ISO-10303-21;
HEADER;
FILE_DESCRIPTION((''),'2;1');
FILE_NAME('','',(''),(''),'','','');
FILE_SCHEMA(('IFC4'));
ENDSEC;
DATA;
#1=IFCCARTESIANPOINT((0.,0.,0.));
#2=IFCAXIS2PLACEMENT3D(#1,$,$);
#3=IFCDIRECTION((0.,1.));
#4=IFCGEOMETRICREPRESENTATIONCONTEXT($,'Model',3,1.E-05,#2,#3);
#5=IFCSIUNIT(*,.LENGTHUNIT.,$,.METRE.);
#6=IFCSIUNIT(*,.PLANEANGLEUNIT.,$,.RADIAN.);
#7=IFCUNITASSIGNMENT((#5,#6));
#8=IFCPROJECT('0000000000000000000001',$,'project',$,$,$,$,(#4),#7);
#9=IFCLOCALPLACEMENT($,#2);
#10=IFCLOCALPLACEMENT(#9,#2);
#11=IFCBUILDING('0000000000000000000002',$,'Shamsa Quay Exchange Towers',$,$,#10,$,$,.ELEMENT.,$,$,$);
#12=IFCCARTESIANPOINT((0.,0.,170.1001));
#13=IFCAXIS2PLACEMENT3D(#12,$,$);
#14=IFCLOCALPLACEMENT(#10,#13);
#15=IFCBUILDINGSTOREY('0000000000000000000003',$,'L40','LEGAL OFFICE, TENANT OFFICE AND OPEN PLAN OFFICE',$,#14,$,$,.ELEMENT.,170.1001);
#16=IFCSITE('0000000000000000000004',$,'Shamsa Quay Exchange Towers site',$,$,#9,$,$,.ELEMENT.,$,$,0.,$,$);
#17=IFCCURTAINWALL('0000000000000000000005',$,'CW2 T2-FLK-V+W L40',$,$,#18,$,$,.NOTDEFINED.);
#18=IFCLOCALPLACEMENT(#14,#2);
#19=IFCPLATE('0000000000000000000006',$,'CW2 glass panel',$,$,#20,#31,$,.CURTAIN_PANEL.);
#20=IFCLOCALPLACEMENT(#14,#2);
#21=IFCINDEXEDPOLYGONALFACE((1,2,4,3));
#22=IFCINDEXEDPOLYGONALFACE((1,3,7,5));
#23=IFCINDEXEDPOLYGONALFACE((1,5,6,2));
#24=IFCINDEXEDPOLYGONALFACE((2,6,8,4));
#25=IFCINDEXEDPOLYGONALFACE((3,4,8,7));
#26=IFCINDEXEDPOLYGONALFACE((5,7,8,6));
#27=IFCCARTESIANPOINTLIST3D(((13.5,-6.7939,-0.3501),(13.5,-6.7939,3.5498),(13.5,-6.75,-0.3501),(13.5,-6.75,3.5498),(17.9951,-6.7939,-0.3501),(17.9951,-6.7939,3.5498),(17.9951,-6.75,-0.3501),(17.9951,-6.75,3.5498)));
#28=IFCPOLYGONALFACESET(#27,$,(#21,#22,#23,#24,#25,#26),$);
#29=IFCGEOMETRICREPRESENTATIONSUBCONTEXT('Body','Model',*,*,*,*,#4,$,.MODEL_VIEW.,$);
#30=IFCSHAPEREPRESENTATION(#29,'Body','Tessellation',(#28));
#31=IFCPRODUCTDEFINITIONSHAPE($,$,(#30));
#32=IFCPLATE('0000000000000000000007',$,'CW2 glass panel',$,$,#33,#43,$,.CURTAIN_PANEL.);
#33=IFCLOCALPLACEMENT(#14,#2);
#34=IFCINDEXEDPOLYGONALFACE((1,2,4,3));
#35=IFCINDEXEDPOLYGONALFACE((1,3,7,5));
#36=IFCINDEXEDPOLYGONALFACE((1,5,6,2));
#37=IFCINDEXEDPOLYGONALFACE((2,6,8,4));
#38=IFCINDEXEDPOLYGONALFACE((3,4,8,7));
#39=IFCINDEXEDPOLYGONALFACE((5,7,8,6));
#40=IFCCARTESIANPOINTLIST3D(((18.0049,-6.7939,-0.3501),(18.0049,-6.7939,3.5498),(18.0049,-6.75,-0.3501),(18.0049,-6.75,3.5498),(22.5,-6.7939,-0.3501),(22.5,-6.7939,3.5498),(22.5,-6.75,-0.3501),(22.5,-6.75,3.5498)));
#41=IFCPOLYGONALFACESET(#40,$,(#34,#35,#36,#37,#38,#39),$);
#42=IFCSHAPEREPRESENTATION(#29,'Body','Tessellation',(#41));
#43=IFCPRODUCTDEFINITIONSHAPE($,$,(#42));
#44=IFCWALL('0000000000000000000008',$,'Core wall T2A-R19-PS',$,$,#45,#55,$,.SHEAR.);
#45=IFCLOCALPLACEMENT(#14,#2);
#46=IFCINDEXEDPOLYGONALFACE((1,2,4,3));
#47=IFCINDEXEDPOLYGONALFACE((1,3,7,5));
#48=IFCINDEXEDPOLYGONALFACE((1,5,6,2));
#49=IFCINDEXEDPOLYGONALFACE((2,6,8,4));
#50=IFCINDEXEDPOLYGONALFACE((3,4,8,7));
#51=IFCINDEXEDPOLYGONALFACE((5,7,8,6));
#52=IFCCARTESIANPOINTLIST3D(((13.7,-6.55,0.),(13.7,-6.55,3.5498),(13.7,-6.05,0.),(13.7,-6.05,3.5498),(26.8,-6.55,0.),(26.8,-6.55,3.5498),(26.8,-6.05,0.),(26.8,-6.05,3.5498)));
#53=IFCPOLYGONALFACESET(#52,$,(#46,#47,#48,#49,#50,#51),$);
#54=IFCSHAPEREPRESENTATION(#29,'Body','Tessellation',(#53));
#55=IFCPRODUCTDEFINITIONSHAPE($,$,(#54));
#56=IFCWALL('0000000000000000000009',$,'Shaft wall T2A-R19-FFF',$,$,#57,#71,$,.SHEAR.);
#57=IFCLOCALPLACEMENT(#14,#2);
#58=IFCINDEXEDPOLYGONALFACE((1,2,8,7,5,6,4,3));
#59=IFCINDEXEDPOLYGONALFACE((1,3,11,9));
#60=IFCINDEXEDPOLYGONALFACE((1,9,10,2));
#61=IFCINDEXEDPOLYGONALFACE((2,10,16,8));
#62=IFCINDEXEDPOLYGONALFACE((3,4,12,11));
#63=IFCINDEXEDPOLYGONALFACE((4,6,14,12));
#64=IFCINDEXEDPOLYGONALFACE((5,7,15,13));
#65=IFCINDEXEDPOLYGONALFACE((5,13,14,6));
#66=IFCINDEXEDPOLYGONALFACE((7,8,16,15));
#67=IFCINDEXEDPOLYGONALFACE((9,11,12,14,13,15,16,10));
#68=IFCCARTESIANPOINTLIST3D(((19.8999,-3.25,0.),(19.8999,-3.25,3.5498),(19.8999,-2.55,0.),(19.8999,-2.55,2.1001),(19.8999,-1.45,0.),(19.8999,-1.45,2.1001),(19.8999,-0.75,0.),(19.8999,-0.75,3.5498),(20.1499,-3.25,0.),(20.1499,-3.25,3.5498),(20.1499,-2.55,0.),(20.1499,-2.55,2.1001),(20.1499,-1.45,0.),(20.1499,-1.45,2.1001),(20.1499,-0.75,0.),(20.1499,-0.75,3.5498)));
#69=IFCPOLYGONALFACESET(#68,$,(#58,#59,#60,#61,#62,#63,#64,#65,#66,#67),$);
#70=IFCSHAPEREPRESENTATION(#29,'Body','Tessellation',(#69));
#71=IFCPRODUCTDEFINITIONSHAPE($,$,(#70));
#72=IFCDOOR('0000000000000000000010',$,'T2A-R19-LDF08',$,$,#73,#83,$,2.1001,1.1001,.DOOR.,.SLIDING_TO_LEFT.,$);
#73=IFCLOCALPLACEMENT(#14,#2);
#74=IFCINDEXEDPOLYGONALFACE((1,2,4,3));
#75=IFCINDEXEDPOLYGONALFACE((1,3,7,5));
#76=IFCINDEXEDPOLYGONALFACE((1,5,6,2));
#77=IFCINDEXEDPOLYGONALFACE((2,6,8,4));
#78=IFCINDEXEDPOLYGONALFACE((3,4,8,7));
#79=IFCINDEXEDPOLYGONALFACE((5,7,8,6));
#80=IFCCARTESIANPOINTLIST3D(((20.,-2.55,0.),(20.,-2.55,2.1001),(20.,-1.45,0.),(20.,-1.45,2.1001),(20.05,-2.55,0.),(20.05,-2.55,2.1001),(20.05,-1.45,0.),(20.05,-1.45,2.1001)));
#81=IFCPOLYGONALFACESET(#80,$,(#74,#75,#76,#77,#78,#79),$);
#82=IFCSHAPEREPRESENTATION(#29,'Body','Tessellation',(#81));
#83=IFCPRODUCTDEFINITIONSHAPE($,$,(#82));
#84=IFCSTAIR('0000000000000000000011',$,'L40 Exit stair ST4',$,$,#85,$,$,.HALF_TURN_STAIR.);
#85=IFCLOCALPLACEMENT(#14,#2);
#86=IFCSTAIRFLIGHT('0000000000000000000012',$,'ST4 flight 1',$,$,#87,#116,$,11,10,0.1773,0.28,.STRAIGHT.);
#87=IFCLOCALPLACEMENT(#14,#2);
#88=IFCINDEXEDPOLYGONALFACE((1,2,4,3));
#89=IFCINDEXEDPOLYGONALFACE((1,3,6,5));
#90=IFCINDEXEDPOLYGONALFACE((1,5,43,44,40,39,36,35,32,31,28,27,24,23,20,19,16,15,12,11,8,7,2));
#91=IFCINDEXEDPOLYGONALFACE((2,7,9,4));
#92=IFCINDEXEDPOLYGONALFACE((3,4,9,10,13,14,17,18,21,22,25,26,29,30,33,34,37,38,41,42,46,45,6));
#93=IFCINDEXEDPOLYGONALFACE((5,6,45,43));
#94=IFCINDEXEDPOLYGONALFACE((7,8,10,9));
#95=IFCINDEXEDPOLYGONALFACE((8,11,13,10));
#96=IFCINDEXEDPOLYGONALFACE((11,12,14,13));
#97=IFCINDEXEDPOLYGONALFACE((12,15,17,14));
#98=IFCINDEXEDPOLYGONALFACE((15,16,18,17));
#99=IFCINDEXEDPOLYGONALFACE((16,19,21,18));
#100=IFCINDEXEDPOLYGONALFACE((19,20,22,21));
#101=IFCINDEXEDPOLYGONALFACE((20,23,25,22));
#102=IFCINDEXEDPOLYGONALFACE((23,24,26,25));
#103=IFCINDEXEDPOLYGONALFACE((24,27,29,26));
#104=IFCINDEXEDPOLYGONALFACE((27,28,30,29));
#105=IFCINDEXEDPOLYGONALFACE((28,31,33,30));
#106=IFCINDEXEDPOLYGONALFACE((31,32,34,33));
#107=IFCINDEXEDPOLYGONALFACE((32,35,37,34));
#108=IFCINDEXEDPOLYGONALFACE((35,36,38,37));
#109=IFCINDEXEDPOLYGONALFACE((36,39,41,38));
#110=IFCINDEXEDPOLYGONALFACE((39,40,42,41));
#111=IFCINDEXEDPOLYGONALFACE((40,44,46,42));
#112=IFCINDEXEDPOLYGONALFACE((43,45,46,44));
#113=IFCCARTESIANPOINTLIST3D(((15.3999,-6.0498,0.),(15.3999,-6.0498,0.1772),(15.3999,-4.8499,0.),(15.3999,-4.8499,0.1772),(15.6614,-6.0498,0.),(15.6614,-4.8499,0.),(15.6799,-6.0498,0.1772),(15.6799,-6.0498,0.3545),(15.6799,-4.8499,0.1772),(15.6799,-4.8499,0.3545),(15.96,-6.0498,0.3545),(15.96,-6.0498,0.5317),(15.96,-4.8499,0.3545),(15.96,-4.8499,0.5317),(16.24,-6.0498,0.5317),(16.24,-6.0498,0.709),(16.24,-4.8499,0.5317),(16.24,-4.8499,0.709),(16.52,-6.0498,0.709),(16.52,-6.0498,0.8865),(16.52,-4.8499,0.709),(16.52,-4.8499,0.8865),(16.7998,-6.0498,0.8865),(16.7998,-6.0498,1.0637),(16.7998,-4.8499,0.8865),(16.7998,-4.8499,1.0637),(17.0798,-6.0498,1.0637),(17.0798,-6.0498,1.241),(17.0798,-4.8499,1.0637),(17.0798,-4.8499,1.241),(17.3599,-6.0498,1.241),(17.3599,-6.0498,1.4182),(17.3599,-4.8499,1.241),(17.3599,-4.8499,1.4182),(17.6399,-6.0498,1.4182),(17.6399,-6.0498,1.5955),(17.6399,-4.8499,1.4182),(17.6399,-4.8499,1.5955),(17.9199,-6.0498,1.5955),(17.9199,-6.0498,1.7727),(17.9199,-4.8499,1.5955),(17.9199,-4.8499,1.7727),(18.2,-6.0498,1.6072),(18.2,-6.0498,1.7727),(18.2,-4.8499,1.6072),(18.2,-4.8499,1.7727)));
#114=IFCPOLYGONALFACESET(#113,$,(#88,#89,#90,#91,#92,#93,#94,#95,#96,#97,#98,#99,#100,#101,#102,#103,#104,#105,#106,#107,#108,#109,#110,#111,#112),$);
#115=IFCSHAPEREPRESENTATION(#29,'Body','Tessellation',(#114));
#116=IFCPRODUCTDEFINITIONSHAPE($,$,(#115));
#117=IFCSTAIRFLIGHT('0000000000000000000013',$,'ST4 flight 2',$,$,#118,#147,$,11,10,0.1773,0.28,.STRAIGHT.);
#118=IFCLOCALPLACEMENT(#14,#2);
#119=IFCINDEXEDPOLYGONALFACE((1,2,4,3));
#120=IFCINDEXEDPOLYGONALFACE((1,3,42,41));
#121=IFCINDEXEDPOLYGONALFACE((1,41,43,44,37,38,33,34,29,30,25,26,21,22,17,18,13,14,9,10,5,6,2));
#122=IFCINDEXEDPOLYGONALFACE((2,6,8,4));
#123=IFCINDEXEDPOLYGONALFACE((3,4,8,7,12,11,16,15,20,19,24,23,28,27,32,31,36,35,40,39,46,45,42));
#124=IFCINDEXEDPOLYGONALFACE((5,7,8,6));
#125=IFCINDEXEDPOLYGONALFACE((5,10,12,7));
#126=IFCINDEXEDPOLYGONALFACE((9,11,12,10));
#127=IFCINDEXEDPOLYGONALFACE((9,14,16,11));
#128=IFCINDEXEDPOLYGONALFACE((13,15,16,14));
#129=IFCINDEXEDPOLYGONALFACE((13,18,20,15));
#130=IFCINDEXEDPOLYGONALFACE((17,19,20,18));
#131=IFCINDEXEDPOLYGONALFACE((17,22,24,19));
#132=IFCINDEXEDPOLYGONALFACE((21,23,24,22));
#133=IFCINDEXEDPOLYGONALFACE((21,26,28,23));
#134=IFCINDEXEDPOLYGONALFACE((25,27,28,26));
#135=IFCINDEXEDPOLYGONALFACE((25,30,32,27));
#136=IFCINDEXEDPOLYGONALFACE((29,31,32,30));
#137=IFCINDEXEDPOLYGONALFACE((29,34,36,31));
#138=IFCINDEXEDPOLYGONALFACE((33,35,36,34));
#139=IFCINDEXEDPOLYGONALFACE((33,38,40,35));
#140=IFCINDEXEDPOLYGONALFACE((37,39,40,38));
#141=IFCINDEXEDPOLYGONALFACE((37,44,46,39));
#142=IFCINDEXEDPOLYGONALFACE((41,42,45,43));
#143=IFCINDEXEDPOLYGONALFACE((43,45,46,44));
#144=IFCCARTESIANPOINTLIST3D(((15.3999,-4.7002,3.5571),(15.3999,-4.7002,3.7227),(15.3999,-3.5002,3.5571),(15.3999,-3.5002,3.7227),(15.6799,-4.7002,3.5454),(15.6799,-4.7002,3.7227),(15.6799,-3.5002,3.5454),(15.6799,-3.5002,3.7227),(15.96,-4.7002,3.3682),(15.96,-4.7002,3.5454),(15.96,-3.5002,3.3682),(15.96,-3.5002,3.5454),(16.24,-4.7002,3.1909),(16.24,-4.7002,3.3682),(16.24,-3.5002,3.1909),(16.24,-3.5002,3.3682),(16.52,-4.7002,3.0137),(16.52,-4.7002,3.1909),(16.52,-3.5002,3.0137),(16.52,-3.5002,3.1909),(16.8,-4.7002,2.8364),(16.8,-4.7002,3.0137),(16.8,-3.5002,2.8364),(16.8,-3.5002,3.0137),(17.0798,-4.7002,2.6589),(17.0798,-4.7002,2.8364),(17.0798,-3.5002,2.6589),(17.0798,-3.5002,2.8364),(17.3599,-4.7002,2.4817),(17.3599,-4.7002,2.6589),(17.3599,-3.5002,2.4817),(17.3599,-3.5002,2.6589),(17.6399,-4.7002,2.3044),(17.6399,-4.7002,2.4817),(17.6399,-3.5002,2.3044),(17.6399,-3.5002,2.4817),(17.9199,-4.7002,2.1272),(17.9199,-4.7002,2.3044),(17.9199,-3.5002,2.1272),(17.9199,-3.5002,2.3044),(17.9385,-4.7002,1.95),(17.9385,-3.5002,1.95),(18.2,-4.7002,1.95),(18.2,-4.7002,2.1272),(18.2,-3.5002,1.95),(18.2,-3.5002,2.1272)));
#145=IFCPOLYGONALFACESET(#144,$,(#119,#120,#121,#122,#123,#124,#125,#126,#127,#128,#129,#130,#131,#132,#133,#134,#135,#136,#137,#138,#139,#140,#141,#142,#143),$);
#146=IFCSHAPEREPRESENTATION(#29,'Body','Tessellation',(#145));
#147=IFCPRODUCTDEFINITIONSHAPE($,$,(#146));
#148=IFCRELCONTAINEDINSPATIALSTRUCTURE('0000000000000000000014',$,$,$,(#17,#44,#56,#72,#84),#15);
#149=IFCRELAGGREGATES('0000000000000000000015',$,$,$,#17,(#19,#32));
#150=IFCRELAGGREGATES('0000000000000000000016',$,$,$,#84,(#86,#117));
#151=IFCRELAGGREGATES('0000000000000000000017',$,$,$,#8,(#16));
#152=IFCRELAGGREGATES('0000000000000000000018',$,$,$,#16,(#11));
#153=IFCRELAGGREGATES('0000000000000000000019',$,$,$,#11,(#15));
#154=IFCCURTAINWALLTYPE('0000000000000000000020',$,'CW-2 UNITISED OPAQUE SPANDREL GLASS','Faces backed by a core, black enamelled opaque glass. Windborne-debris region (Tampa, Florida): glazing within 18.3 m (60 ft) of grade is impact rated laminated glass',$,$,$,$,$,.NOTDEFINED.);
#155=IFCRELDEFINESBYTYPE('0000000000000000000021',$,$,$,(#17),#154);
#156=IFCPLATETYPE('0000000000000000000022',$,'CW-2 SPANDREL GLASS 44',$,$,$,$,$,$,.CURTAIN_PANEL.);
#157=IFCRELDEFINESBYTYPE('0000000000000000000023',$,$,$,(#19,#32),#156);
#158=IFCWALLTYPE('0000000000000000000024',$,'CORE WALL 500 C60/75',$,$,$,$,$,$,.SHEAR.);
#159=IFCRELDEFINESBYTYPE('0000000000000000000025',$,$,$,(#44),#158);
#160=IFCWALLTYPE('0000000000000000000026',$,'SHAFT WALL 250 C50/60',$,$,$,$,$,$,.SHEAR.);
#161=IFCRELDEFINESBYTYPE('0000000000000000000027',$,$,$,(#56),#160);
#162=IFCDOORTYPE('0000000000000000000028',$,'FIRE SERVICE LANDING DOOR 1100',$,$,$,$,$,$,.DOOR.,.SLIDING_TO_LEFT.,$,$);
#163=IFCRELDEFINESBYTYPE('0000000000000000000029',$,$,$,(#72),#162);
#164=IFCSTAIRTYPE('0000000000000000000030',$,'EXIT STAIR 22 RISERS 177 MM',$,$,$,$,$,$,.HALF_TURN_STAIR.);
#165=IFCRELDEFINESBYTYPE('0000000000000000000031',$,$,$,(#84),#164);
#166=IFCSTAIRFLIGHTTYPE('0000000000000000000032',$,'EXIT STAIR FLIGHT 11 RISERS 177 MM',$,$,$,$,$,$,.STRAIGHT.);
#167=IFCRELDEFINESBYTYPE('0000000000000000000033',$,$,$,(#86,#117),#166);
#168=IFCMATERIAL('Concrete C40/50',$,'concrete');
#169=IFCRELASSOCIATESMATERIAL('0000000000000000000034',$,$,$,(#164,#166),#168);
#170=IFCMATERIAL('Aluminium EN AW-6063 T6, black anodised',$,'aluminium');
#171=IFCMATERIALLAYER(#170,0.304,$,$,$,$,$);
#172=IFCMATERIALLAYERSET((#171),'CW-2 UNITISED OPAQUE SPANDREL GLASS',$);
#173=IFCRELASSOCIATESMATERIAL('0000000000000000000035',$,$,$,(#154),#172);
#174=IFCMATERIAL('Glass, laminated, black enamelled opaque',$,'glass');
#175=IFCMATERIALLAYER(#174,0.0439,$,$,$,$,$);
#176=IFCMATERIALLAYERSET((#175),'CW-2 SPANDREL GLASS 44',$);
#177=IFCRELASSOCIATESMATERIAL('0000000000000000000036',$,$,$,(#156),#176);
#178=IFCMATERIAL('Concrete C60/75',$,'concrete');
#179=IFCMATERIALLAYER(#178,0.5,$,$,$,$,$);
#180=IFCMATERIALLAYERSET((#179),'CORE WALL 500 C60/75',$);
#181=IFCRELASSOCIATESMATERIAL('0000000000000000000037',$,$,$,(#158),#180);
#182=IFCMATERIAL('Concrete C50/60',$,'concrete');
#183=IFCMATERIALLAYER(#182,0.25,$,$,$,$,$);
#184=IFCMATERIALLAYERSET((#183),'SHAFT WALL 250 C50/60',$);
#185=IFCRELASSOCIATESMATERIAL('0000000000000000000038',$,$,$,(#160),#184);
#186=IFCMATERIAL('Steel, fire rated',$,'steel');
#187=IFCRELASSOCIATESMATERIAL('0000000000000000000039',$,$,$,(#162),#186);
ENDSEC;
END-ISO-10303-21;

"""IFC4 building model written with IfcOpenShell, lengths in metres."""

from ifc_helpers import new_model, si_unit, direction, frame, frame_2d, origin, origin_2d, place, context, subcontext, project, spatial, polyline, rectangle, outline, extrude, material, layer, layer_set, type_object, element, fill, aggregate, save


model = new_model("IFC4")

# Units and contexts
model_context = context("Model", 3, precision=1e-05, world=origin(), true_north=direction((0.0, 1.0)))
body_context = subcontext(model_context, "Body", "Model", "MODEL_VIEW")
ifc_project = project(units=[si_unit("LENGTHUNIT", "METRE"), si_unit("PLANEANGLEUNIT", "RADIAN")], contexts=[model_context])

# Site, building, storey
site_placement = place(None, origin())
site = spatial("IfcSite", under=ifc_project, at=site_placement, Name="Shamsa Quay Exchange Towers site", CompositionType="ELEMENT", RefElevation=0.0)
building_placement = place(site_placement, origin())
building = spatial("IfcBuilding", under=site, at=building_placement, Name="Shamsa Quay Exchange Towers", CompositionType="ELEMENT")
storey_placement = place(building_placement, frame((0.0, 0.0, 170.1001)))
storey = spatial("IfcBuildingStorey", under=building, at=storey_placement, Name="L40", Description="LEGAL OFFICE, TENANT OFFICE AND OPEN PLAN OFFICE", CompositionType="ELEMENT", Elevation=170.1001)

# Shared definitions
ifc_material_1 = material(Name="Aluminium EN AW-6063 T6, black anodised", Category="aluminium")

# Shared definitions
ifc_material_2 = material(Name="Concrete C50/60", Category="concrete")

# Shared definitions
ifc_material_3 = material(Name="Concrete C40/50", Category="concrete")
stair_type = type_object("IfcStairType", Name="EXIT STAIR 22 RISERS 177 MM", PredefinedType="HALF_TURN_STAIR", material=ifc_material_3)

# Curtain wall, plates
ifc_layer_1 = layer(ifc_material_1, 0.304)
ifc_layer_set_1 = layer_set([ifc_layer_1], Name="CW-2 UNITISED OPAQUE SPANDREL GLASS")
curtain_wall_type_1 = type_object("IfcCurtainWallType", Name="CW-2 UNITISED OPAQUE SPANDREL GLASS", Description="Faces backed by a core, black enamelled opaque glass. Windborne-debris region (Tampa, Florida): glazing within 18.3 m (60 ft) of grade is impact rated laminated glass", PredefinedType="NOTDEFINED", material=ifc_layer_set_1)
curtain_wall_1_placement = place(storey_placement, origin())
curtain_wall_1 = element("IfcCurtainWall", 1, at=curtain_wall_1_placement, inside=storey, type_object=curtain_wall_type_1, Name="CW2 T2-FLK-V+W L40", PredefinedType="NOTDEFINED")
ifc_material_4 = material(Name="Glass, laminated, black enamelled opaque", Category="glass")
ifc_layer_2 = layer(ifc_material_4, 0.0439)
ifc_layer_set_2 = layer_set([ifc_layer_2], Name="CW-2 SPANDREL GLASS 44")
plate_type_1 = type_object("IfcPlateType", Name="CW-2 SPANDREL GLASS 44", PredefinedType="CURTAIN_PANEL", material=ifc_layer_set_2)
plate_1_placement = place(storey_placement, frame((15.7476, -6.772, -0.3501)))
plate_1 = element("IfcPlate", 2, at=plate_1_placement, type_object=plate_type_1, Name="CW2 glass panel", PredefinedType="CURTAIN_PANEL", context=body_context, shape_type="SweptSolid", body=[
    extrude(rectangle(XDim=4.4951, YDim=0.0439, at=origin_2d()), origin(), (0.0, 0.0, 1.0), 3.8999),
])
plate_2_placement = place(storey_placement, frame((20.2524, -6.772, -0.3501)))
plate_2 = element("IfcPlate", 3, at=plate_2_placement, type_object=plate_type_1, Name="CW2 glass panel", PredefinedType="CURTAIN_PANEL", context=body_context, shape_type="SweptSolid", body=[
    extrude(rectangle(XDim=4.4951, YDim=0.0439, at=origin_2d()), origin(), (0.0, 0.0, 1.0), 3.8999),
])
aggregate(curtain_wall_1, [plate_1, plate_2])

# Wall
ifc_material_5 = material(Name="Concrete C60/75", Category="concrete")
ifc_layer_3 = layer(ifc_material_5, 0.5)
ifc_layer_set_3 = layer_set([ifc_layer_3], Name="CORE WALL 500 C60/75")
wall_type_1 = type_object("IfcWallType", Name="CORE WALL 500 C60/75", PredefinedType="SHEAR", material=ifc_layer_set_3)
wall_1_placement = place(storey_placement, frame((13.7, -6.3, 0.0)))
element("IfcWall", 4, at=wall_1_placement, inside=storey, type_object=wall_type_1, Name="Core wall T2A-R19-PS", PredefinedType="SHEAR", context=body_context, shape_type="SweptSolid", body=[
    extrude(rectangle(XDim=13.1001, YDim=0.5, at=frame_2d((6.55, 0.0))), origin(), (0.0, 0.0, 1.0), 3.5498),
])

# Wall, opening, door
ifc_layer_4 = layer(ifc_material_2, 0.25)
ifc_layer_set_4 = layer_set([ifc_layer_4], Name="SHAFT WALL 250 C50/60")
wall_type_2 = type_object("IfcWallType", Name="SHAFT WALL 250 C50/60", PredefinedType="SHEAR", material=ifc_layer_set_4)
wall_2_placement = place(storey_placement, frame((20.0249, -3.25, 0.0), z_axis=(0.0, 0.0, 1.0), x_axis=(0.0, 1.0, 0.0)))
wall_2 = element("IfcWall", 5, at=wall_2_placement, inside=storey, type_object=wall_type_2, Name="Shaft wall T2A-R19-FFF", PredefinedType="SHEAR", context=body_context, shape_type="SweptSolid", body=[
    extrude(rectangle(XDim=2.5, YDim=0.25, at=frame_2d((1.25, 0.0))), origin(), (0.0, 0.0, 1.0), 3.5498),
])
opening_placement = place(wall_2_placement, frame((0.7, 0.0, 0.0)))
opening = element("IfcOpeningElement", 6, at=opening_placement, cuts=wall_2, PredefinedType="OPENING", context=body_context, shape_type="SweptSolid", body=[
    extrude(rectangle(XDim=1.1001, YDim=2.1001, at=frame_2d((0.55, 1.05))), frame((0.0, 0.135, 0.0), z_axis=(0.0, -1.0, 0.0), x_axis=(1.0, 0.0, 0.0)), (0.0, 0.0, 1.0), 0.27),
])
ifc_material_6 = material(Name="Steel, fire rated", Category="steel")
door_type = type_object("IfcDoorType", Name="FIRE SERVICE LANDING DOOR 1100", OperationType="SLIDING_TO_LEFT", PredefinedType="DOOR", material=ifc_material_6)
door_placement = place(opening_placement, origin())
door = element("IfcDoor", 7, at=door_placement, inside=storey, type_object=door_type, Name="T2A-R19-LDF08", OperationType="SLIDING_TO_LEFT", OverallHeight=2.1001, OverallWidth=1.1001, PredefinedType="DOOR", context=body_context, shape_type="SweptSolid", body=[
    extrude(rectangle(XDim=1.1001, YDim=2.1001, at=frame_2d((0.55, 1.05))), frame((0.0, 0.0249, 0.0), z_axis=(0.0, -1.0, 0.0), x_axis=(1.0, 0.0, 0.0)), (0.0, 0.0, 1.0), 0.05),
])
fill(opening, door)

# Stair, stair flights
stair_1_placement = place(storey_placement, origin())
stair_1 = element("IfcStair", 8, at=stair_1_placement, inside=storey, type_object=stair_type, Name="L40 Exit stair ST4", PredefinedType="HALF_TURN_STAIR")
stair_flight_type = type_object("IfcStairFlightType", Name="EXIT STAIR FLIGHT 11 RISERS 177 MM", PredefinedType="STRAIGHT", material=ifc_material_3)
stair_flight_1_placement = place(storey_placement, frame((15.3999, -5.45, 0.0)))
stair_flight_1 = element("IfcStairFlight", 9, at=stair_flight_1_placement, type_object=stair_flight_type, Name="ST4 flight 1", NumberOfRisers=11, NumberOfTreads=10, PredefinedType="STRAIGHT", RiserHeight=0.1773, TreadLength=0.28, context=body_context, shape_type="SweptSolid", body=[
    extrude(outline(polyline([(0.0, 0.0), (0.0, 0.1772), (0.28, 0.1772), (0.28, 0.3545), (0.5601, 0.3545), (0.5601, 0.5317), (0.8401, 0.5317), (0.8401, 0.709), (1.1201, 0.709), (1.1201, 0.8865), (1.3999, 0.8865), (1.3999, 1.0637), (1.6799, 1.0637), (1.6799, 1.241), (1.96, 1.241), (1.96, 1.4182), (2.24, 1.4182), (2.24, 1.5955), (2.52, 1.5955), (2.52, 1.7727), (2.8, 1.7727), (2.8, 1.95), (2.8, 1.6072), (0.2615, 0.0), (0.0, 0.0)])), frame((0.0, 0.6001, 0.0), z_axis=(0.0, -1.0, 0.0), x_axis=(1.0, 0.0, 0.0)), (0.0, 0.0, 1.0), 1.2),
])
stair_flight_2_placement = place(storey_placement, frame((18.2, -4.1001, 1.95), z_axis=(0.0, 0.0, 1.0), x_axis=(-1.0, 0.0, 0.0)))
stair_flight_2 = element("IfcStairFlight", 10, at=stair_flight_2_placement, type_object=stair_flight_type, Name="ST4 flight 2", NumberOfRisers=11, NumberOfTreads=10, PredefinedType="STRAIGHT", RiserHeight=0.1773, TreadLength=0.28, context=body_context, shape_type="SweptSolid", body=[
    extrude(outline(polyline([(0.0, 0.0), (0.0, 0.1772), (0.28, 0.1772), (0.28, 0.3545), (0.5601, 0.3545), (0.5601, 0.5317), (0.8401, 0.5317), (0.8401, 0.709), (1.1201, 0.709), (1.1201, 0.8865), (1.3999, 0.8865), (1.3999, 1.0637), (1.6799, 1.0637), (1.6799, 1.241), (1.96, 1.241), (1.96, 1.4182), (2.24, 1.4182), (2.24, 1.5955), (2.52, 1.5955), (2.52, 1.7727), (2.8, 1.7727), (2.8, 1.95), (2.8, 1.6072), (0.2615, 0.0), (0.0, 0.0)])), frame((0.0, 0.6001, 0.0), z_axis=(0.0, -1.0, 0.0), x_axis=(1.0, 0.0, 0.0)), (0.0, 0.0, 1.0), 1.2),
])
aggregate(stair_1, [stair_flight_1, stair_flight_2])

save(model, "model.ifc")
